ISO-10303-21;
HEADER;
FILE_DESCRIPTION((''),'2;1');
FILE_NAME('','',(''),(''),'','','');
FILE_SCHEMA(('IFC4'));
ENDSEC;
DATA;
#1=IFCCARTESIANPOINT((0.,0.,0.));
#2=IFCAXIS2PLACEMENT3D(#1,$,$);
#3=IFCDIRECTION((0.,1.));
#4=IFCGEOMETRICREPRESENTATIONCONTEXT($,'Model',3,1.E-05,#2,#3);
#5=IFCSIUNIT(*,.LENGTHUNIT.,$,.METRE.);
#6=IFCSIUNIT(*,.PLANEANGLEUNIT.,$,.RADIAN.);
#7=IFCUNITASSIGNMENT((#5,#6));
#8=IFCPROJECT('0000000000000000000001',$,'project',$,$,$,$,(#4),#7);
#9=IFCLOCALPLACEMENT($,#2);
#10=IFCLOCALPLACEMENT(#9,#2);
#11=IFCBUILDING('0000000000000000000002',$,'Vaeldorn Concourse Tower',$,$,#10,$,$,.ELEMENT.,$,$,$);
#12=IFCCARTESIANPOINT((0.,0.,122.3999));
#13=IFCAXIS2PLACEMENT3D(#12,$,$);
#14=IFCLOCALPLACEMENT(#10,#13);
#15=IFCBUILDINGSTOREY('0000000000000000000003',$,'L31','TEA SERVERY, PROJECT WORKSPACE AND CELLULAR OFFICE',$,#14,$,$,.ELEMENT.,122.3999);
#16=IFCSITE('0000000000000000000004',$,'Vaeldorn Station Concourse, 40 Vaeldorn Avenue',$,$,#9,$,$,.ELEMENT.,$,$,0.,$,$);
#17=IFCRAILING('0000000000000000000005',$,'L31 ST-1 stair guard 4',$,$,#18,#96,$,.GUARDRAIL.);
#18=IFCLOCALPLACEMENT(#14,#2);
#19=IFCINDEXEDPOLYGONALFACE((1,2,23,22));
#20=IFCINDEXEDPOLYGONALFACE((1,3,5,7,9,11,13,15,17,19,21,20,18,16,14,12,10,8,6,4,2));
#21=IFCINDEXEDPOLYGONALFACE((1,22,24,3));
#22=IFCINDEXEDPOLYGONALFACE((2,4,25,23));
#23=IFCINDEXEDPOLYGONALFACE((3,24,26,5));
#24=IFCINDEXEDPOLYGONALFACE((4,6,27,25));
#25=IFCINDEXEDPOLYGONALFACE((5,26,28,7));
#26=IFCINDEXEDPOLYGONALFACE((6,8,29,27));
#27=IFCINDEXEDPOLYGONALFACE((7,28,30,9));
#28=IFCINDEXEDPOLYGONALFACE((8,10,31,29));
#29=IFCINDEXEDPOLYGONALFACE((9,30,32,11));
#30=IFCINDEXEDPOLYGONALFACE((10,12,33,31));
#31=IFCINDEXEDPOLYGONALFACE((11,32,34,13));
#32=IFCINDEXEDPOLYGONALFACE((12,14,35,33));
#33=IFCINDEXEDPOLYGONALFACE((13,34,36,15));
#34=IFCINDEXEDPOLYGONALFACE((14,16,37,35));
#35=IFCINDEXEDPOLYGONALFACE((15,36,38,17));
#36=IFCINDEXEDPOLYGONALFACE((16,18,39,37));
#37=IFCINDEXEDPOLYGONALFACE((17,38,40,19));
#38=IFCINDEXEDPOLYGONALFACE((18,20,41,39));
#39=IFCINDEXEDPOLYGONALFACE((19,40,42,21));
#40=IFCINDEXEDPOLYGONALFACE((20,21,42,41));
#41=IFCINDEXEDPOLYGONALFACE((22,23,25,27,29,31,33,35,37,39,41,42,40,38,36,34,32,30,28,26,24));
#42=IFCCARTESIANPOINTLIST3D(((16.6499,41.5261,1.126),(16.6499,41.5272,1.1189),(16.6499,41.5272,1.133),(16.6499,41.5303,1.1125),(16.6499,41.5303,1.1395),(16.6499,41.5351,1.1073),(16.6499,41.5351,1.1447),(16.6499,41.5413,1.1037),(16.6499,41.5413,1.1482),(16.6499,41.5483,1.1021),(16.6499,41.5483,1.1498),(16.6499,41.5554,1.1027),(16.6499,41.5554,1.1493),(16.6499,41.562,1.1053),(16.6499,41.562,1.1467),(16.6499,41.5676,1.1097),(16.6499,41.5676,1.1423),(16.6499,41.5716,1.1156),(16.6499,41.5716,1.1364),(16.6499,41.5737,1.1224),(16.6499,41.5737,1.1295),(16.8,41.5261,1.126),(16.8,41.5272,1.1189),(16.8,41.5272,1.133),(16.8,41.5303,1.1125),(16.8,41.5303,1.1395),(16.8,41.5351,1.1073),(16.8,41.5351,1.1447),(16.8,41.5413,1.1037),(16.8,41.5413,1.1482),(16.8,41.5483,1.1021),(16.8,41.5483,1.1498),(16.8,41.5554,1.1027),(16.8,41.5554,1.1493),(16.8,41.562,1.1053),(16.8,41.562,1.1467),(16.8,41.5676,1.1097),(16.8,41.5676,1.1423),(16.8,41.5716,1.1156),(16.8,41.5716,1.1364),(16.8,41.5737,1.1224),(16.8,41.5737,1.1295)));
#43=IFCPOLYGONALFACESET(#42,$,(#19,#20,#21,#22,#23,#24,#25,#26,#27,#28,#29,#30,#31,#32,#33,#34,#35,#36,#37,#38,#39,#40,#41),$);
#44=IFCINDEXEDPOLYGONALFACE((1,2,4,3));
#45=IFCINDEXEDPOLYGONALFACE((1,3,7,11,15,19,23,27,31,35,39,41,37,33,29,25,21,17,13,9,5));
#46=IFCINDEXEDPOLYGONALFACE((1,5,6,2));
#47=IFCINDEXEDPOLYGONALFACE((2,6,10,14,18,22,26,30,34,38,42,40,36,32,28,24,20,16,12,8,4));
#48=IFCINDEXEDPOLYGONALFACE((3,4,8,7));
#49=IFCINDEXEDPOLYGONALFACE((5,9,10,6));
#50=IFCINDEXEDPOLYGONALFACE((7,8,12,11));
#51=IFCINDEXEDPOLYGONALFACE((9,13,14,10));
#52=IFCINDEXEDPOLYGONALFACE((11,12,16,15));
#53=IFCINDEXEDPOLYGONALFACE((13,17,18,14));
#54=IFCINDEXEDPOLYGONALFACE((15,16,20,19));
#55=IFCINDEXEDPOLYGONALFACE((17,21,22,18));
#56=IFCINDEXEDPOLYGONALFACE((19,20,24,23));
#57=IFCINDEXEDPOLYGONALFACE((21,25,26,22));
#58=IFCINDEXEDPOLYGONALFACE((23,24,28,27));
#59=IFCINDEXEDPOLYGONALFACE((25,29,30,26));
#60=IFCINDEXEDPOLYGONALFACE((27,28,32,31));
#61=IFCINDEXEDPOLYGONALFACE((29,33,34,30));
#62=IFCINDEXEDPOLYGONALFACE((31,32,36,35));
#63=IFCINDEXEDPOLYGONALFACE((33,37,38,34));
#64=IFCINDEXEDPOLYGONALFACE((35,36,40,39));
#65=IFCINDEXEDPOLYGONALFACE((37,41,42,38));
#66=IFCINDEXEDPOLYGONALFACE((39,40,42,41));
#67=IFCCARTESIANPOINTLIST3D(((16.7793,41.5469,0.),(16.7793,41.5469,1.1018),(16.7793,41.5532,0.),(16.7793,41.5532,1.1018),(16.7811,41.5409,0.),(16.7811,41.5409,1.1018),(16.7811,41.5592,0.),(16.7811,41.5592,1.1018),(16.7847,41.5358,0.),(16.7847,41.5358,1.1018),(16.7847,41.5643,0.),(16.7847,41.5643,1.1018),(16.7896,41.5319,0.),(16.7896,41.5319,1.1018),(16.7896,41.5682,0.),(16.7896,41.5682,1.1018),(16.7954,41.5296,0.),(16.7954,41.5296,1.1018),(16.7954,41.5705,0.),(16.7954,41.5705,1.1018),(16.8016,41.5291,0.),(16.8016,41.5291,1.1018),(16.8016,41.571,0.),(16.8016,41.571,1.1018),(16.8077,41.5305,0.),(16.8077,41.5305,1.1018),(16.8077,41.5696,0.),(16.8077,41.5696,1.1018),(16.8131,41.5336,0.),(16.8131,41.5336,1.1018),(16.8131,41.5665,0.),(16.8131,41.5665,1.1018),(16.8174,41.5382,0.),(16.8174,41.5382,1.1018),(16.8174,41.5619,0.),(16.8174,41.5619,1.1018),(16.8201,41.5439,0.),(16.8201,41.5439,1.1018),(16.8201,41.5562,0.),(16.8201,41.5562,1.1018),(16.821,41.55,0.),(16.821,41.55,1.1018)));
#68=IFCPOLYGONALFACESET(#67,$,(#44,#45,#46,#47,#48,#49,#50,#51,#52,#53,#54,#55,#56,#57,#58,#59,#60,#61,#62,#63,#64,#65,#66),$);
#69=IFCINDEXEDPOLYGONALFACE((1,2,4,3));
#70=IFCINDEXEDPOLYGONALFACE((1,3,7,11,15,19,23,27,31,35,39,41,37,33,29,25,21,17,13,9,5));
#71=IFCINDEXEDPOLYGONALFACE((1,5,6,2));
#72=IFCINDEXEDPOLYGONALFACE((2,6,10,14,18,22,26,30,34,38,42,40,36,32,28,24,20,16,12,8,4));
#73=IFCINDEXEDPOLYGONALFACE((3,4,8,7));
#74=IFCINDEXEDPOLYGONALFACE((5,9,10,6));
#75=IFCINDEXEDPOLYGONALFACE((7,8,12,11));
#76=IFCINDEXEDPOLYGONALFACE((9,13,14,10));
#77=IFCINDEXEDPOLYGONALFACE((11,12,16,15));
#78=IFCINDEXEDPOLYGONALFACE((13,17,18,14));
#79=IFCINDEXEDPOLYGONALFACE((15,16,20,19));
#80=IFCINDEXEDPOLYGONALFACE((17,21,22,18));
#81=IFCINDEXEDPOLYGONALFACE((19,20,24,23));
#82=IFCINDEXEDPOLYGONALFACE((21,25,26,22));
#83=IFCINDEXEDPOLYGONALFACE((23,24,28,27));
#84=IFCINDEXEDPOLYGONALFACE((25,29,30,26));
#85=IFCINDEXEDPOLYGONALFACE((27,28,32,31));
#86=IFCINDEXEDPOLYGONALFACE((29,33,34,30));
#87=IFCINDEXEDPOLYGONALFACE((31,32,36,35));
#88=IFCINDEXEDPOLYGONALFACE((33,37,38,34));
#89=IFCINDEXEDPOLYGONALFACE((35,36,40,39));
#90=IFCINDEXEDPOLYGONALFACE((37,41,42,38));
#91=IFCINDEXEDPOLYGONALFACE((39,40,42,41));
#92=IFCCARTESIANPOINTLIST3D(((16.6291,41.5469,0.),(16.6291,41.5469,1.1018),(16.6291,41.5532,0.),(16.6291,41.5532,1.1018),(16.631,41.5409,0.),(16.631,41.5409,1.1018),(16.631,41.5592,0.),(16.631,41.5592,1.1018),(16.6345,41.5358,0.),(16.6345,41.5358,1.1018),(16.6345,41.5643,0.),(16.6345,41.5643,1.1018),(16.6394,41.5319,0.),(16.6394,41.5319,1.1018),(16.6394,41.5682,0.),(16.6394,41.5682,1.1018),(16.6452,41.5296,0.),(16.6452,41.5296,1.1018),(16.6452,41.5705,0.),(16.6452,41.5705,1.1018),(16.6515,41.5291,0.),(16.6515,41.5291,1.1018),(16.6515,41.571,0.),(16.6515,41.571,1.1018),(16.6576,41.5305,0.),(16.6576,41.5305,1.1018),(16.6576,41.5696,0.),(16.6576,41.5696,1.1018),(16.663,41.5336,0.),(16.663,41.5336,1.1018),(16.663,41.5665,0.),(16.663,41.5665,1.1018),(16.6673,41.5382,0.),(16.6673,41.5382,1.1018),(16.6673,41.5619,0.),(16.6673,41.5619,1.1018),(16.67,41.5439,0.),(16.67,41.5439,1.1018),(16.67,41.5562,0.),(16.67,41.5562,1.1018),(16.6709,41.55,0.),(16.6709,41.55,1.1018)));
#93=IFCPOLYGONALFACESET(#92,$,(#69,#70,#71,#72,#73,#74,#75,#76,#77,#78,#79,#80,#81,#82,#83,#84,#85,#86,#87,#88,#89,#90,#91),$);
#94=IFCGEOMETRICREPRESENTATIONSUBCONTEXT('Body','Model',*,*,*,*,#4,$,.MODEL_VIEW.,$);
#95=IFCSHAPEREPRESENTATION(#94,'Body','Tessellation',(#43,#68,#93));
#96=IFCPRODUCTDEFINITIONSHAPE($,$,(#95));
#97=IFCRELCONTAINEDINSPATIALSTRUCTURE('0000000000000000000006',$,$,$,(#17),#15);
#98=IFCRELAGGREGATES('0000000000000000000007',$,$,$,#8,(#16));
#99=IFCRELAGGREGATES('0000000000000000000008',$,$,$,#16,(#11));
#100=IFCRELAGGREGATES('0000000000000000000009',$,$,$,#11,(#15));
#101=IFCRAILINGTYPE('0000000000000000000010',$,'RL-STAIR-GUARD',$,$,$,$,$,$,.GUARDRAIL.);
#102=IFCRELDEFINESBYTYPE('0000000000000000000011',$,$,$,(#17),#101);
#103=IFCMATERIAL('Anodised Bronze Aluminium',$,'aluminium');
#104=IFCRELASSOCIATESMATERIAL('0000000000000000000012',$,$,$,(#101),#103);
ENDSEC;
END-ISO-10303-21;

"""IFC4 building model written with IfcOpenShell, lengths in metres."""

from ifc_helpers import new_model, si_unit, direction, frame, origin, origin_2d, place, context, subcontext, project, spatial, circle, extrude, material, type_object, element, save


model = new_model("IFC4")

# Units and contexts
model_context = context("Model", 3, precision=1e-05, world=origin(), true_north=direction((0.0, 1.0)))
body_context = subcontext(model_context, "Body", "Model", "MODEL_VIEW")
ifc_project = project(units=[si_unit("LENGTHUNIT", "METRE"), si_unit("PLANEANGLEUNIT", "RADIAN")], contexts=[model_context])

# Site, building, storey
site_placement = place(None, origin())
site = spatial("IfcSite", under=ifc_project, at=site_placement, Name="Vaeldorn Station Concourse, 40 Vaeldorn Avenue", CompositionType="ELEMENT", RefElevation=0.0)
building_placement = place(site_placement, origin())
building = spatial("IfcBuilding", under=site, at=building_placement, Name="Vaeldorn Concourse Tower", CompositionType="ELEMENT")
storey_placement = place(building_placement, frame((0.0, 0.0, 122.3999)))
storey = spatial("IfcBuildingStorey", under=building, at=storey_placement, Name="L31", Description="TEA SERVERY, PROJECT WORKSPACE AND CELLULAR OFFICE", CompositionType="ELEMENT", Elevation=122.3999)

# Shared definitions
ifc_material_1 = material(Name="Anodised Bronze Aluminium", Category="aluminium")

# Railing
railing_type_1 = type_object("IfcRailingType", Name="RL-STAIR-GUARD", PredefinedType="GUARDRAIL", material=ifc_material_1)
railing_1_placement = place(storey_placement, frame((16.8, 41.55, 0.0)))
element("IfcRailing", 1, at=railing_1_placement, inside=storey, type_object=railing_type_1, Name="L31 ST-1 stair guard 4", PredefinedType="GUARDRAIL", context=body_context, shape_type="SweptSolid", body=[
    extrude(circle(Radius=0.0239, at=origin_2d()), frame((0.0, 0.0, 1.126), z_axis=(-1.0, 0.0, 0.0), x_axis=(0.0, -1.0, 0.0)), (0.0, 0.0, 1.0), 0.1501),
    extrude(circle(Radius=0.021, at=origin_2d()), origin(), (0.0, 0.0, 1.0), 1.1018),
    extrude(circle(Radius=0.021, at=origin_2d()), frame((-0.1501, 0.0, 0.0)), (0.0, 0.0, 1.0), 1.1018),
])

save(model, "model.ifc")
